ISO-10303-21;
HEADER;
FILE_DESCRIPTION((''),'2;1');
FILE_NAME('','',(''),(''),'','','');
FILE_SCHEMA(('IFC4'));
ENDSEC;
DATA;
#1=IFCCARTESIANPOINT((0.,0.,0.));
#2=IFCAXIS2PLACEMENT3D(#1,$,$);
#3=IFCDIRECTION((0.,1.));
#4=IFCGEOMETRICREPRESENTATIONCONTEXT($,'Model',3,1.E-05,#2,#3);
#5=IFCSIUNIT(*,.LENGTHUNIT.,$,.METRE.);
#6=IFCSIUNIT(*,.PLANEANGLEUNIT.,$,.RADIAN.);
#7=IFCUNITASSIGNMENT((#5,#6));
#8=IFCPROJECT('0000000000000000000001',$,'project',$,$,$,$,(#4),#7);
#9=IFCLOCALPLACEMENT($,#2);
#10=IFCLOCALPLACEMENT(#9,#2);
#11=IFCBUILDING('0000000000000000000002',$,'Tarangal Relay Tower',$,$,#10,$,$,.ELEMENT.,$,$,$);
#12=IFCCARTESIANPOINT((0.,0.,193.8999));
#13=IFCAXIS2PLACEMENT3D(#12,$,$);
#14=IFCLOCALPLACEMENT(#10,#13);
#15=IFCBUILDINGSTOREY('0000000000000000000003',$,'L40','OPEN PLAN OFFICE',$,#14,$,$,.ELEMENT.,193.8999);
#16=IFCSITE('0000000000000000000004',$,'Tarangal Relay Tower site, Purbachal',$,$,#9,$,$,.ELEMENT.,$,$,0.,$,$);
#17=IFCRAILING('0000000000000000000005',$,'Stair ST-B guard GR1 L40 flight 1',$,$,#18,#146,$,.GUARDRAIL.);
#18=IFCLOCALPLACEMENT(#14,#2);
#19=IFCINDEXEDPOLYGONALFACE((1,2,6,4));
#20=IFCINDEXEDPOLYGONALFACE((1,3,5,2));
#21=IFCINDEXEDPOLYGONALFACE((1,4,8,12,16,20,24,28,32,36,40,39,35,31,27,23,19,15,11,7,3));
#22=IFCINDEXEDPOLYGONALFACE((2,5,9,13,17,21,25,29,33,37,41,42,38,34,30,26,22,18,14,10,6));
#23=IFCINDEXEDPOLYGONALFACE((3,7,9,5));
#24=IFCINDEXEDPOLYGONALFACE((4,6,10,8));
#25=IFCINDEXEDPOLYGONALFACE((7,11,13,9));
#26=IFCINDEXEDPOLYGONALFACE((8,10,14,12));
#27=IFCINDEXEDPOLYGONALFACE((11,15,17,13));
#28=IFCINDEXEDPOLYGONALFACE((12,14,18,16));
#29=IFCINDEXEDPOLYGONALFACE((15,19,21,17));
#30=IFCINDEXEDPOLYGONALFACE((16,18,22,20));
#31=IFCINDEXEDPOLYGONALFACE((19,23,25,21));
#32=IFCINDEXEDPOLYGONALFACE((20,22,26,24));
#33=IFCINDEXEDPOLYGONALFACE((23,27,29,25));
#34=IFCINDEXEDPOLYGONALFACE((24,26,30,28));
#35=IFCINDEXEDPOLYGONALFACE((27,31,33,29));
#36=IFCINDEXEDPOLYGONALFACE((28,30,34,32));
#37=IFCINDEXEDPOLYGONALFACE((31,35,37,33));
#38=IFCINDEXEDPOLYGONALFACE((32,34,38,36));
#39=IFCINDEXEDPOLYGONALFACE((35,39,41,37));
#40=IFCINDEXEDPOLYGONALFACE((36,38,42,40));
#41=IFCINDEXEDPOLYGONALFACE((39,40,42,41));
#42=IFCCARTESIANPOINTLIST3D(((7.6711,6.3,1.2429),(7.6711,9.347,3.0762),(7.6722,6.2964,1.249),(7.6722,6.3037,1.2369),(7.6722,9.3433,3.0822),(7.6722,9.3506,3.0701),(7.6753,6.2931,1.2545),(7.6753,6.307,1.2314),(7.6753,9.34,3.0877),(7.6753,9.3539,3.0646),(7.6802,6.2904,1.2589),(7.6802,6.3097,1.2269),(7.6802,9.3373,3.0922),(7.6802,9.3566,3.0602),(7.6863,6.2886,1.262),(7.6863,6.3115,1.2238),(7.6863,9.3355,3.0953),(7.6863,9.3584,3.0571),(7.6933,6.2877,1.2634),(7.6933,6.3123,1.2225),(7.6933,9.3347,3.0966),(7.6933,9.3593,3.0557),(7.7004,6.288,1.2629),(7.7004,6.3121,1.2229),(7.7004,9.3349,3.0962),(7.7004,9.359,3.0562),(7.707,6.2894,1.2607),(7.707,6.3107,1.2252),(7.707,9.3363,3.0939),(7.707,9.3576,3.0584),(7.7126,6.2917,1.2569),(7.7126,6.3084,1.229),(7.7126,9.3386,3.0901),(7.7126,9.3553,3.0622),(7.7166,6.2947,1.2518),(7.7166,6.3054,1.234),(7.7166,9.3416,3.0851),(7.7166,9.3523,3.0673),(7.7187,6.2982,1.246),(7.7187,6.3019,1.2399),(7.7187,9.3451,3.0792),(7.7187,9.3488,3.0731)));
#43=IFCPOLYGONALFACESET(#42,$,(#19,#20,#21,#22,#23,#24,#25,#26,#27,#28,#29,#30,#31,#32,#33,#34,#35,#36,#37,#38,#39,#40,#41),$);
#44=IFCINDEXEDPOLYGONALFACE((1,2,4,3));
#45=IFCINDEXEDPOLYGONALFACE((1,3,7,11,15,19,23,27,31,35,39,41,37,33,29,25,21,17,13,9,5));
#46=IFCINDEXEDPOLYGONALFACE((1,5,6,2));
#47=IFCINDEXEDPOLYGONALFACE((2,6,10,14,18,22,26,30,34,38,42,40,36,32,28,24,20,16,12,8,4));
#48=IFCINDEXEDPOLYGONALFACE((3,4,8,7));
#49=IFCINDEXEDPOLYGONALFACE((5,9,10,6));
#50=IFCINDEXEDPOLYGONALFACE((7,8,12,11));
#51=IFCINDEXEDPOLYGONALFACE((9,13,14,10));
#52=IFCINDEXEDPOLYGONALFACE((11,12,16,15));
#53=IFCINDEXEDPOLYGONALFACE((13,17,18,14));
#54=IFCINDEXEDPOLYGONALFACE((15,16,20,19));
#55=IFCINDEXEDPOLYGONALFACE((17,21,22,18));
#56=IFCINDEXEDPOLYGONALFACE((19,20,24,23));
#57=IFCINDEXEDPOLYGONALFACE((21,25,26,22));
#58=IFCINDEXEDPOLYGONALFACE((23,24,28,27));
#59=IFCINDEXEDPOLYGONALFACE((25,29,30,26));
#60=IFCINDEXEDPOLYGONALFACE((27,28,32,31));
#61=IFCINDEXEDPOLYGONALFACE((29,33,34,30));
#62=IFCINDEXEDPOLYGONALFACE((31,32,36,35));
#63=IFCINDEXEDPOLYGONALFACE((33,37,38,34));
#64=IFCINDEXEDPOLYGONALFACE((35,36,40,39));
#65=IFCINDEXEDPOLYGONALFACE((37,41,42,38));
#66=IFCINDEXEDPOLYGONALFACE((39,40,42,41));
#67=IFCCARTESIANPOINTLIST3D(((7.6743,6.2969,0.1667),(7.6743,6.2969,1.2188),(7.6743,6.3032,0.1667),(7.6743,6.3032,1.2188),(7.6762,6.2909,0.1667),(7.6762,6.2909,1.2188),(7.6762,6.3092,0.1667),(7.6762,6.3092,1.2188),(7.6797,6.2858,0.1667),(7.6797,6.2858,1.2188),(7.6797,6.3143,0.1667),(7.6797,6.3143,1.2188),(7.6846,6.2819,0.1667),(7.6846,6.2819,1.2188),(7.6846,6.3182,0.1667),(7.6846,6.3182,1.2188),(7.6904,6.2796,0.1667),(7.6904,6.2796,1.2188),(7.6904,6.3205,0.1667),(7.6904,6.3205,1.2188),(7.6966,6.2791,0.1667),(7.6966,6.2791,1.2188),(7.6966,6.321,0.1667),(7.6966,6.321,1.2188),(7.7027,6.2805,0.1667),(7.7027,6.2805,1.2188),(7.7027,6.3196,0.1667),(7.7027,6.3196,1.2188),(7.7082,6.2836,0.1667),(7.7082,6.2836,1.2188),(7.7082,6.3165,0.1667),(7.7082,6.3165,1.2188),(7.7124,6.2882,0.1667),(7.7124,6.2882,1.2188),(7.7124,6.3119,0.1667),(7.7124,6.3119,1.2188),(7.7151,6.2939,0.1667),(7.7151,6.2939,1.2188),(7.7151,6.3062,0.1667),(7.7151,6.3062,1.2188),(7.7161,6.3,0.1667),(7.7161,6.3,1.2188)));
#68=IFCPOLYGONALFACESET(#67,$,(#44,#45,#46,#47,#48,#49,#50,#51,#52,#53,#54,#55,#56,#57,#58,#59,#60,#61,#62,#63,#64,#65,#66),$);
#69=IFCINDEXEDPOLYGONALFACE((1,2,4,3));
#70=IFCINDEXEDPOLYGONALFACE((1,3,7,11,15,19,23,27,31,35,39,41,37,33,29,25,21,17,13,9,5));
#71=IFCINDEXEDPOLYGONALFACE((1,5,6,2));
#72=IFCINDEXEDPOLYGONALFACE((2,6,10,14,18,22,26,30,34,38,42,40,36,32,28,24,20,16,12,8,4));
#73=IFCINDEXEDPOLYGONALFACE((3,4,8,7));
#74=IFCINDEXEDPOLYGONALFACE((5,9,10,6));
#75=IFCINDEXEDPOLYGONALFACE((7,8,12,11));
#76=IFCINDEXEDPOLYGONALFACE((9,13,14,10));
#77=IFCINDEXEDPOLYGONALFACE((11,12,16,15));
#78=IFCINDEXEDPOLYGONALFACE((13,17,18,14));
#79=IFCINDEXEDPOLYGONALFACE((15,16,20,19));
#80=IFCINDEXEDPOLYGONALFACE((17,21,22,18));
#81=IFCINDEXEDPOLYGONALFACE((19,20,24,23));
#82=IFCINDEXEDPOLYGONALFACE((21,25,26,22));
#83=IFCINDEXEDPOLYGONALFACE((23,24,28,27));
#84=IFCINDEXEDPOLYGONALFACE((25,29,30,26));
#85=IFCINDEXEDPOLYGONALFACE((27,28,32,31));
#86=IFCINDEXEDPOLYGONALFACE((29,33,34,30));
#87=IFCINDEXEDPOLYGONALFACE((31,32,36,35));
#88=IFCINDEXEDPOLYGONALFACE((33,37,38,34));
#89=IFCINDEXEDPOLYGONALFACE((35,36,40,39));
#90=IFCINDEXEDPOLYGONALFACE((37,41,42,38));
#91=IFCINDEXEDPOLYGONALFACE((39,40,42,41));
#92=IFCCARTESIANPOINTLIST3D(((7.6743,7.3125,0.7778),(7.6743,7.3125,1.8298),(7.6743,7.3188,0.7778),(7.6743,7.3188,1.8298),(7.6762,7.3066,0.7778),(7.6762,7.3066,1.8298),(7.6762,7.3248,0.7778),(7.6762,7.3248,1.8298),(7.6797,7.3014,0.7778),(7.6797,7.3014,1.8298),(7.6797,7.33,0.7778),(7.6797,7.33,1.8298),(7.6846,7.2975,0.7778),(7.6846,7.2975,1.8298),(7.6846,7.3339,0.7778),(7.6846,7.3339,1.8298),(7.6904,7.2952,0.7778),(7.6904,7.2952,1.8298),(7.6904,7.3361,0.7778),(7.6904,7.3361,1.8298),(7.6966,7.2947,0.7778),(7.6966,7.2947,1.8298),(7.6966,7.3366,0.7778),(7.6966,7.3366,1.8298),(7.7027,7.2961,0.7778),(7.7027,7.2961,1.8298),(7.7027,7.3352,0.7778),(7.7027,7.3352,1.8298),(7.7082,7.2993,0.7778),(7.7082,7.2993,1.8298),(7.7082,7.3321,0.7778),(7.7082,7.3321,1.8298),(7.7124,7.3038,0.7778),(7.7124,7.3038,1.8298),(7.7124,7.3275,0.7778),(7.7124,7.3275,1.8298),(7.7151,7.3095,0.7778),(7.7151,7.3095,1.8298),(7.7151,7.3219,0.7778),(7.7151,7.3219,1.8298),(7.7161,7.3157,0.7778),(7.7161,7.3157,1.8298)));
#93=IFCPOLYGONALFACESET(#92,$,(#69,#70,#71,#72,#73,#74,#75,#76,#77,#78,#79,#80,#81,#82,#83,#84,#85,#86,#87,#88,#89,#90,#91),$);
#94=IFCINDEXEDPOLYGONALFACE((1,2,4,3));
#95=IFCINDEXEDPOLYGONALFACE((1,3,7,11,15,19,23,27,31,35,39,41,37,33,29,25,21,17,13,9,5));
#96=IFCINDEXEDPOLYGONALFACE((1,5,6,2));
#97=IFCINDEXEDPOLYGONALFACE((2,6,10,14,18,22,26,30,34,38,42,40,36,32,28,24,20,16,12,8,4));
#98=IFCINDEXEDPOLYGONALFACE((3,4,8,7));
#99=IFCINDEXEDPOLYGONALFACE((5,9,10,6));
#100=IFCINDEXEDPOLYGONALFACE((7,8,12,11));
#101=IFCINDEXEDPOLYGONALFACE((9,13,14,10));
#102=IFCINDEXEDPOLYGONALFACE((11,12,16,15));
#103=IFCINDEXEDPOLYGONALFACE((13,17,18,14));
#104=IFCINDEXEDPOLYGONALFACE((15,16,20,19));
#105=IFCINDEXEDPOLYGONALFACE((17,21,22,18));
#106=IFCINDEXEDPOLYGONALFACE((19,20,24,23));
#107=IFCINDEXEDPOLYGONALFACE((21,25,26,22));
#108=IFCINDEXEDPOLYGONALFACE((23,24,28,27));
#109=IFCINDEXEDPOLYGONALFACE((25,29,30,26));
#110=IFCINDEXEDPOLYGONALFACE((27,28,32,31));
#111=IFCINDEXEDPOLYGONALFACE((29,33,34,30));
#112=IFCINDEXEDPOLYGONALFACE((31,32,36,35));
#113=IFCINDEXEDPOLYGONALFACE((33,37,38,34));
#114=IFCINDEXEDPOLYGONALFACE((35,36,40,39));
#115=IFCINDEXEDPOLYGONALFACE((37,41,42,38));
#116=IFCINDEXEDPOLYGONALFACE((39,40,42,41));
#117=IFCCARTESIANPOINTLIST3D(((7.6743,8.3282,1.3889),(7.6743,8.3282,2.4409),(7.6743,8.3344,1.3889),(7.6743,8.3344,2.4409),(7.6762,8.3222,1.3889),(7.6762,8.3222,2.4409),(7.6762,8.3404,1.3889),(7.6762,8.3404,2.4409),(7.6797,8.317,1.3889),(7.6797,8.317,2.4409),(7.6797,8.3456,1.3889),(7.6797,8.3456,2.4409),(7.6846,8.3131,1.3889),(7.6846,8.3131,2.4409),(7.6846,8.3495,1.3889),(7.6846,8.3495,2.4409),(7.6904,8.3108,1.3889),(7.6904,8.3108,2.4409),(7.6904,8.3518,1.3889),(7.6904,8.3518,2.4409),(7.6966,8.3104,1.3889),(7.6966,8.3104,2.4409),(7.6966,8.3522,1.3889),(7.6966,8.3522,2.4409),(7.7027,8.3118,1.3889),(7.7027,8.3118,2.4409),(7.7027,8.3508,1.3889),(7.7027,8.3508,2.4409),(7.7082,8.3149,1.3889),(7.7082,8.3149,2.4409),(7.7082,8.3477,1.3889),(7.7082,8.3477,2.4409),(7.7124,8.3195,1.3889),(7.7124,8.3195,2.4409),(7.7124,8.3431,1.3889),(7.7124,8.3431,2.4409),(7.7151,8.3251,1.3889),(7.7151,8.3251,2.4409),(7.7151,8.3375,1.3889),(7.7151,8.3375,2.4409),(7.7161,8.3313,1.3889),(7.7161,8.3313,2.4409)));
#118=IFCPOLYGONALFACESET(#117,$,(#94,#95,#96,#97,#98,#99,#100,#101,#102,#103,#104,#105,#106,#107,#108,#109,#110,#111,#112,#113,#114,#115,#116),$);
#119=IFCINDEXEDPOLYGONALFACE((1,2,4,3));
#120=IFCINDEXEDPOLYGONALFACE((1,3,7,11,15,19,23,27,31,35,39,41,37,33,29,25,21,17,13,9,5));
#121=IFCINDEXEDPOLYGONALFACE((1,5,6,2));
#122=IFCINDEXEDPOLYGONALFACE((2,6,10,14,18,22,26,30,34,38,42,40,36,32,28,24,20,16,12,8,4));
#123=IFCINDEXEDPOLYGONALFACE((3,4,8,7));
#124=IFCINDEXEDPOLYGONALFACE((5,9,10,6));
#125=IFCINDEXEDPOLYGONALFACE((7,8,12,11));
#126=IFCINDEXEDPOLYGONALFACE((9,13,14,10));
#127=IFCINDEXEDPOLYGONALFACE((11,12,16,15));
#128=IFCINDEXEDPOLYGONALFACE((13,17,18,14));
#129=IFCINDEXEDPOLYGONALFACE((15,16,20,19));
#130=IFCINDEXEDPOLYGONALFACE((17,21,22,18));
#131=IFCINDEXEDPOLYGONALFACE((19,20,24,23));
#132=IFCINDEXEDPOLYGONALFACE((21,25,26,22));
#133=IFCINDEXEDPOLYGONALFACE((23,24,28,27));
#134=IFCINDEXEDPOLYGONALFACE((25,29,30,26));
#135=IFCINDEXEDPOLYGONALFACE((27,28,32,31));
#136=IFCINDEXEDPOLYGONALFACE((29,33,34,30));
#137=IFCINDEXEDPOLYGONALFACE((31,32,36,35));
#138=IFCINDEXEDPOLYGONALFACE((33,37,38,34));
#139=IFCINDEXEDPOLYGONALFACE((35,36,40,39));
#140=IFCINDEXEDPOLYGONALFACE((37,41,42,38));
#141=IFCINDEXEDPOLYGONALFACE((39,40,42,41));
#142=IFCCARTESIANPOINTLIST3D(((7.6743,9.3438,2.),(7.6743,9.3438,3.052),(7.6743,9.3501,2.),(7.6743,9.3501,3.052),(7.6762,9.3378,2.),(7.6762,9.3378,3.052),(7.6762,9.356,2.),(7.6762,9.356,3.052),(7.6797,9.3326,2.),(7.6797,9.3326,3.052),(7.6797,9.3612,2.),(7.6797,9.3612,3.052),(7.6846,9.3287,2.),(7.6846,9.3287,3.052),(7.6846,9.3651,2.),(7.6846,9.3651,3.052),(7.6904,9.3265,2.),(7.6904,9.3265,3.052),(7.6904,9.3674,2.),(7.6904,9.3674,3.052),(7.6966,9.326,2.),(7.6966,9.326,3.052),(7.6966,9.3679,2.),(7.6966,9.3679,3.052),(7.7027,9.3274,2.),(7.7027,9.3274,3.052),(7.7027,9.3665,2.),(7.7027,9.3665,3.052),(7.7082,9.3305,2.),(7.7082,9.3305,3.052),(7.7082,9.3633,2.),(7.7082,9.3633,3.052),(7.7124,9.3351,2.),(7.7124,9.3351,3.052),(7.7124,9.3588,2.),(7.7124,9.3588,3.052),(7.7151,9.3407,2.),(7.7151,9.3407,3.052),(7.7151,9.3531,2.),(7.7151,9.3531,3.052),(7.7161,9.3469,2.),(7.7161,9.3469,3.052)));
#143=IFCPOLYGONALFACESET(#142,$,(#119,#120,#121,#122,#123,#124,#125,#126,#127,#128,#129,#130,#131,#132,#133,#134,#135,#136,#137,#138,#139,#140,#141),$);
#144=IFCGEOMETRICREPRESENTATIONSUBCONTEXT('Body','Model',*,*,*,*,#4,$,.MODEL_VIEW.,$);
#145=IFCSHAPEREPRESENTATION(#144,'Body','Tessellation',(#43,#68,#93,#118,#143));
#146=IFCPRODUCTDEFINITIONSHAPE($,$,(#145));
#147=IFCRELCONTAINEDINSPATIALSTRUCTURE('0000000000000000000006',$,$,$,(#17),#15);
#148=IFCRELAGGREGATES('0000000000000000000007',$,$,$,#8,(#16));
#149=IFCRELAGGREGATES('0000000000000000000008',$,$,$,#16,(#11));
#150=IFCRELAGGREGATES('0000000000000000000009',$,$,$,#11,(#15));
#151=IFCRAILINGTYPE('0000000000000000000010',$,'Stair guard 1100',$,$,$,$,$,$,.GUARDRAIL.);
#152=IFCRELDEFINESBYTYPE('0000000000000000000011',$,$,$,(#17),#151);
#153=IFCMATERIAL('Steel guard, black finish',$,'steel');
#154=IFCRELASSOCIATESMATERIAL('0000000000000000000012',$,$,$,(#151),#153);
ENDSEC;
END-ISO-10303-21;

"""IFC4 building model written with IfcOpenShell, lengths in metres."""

from ifc_helpers import new_model, si_unit, direction, frame, origin, origin_2d, place, context, subcontext, project, spatial, circle, extrude, material, type_object, element, save


model = new_model("IFC4")

# Units and contexts
model_context = context("Model", 3, precision=1e-05, world=origin(), true_north=direction((0.0, 1.0)))
body_context = subcontext(model_context, "Body", "Model", "MODEL_VIEW")
ifc_project = project(units=[si_unit("LENGTHUNIT", "METRE"), si_unit("PLANEANGLEUNIT", "RADIAN")], contexts=[model_context])

# Site, building, storey
site_placement = place(None, origin())
site = spatial("IfcSite", under=ifc_project, at=site_placement, Name="Tarangal Relay Tower site, Purbachal", CompositionType="ELEMENT", RefElevation=0.0)
building_placement = place(site_placement, origin())
building = spatial("IfcBuilding", under=site, at=building_placement, Name="Tarangal Relay Tower", CompositionType="ELEMENT")
storey_placement = place(building_placement, frame((0.0, 0.0, 193.8999)))
storey = spatial("IfcBuildingStorey", under=building, at=storey_placement, Name="L40", Description="OPEN PLAN OFFICE", CompositionType="ELEMENT", Elevation=193.8999)

# Railing
ifc_material_1 = material(Name="Steel guard, black finish", Category="steel")
railing_type_1 = type_object("IfcRailingType", Name="Stair guard 1100", PredefinedType="GUARDRAIL", material=ifc_material_1)
railing_1_placement = place(storey_placement, frame((7.6951, 6.3, 0.1667)))
element("IfcRailing", 1, at=railing_1_placement, inside=storey, type_object=railing_type_1, Name="Stair ST-B guard GR1 L40 flight 1", PredefinedType="GUARDRAIL", context=body_context, shape_type="SweptSolid", body=[
    extrude(circle(Radius=0.0239, at=origin_2d()), frame((0.0, 0.0, 1.0762), z_axis=(0.0, 0.856856, 0.515556), x_axis=(-1.0, 0.0, 0.0)), (0.0, 0.0, 1.0), 3.5559),
    extrude(circle(Radius=0.021, at=origin_2d()), origin(), (0.0, 0.0, 1.0), 1.052),
    extrude(circle(Radius=0.021, at=origin_2d()), frame((0.0, 1.0156, 0.6111)), (0.0, 0.0, 1.0), 1.052),
    extrude(circle(Radius=0.021, at=origin_2d()), frame((0.0, 2.0312, 1.2222)), (0.0, 0.0, 1.0), 1.052),
    extrude(circle(Radius=0.021, at=origin_2d()), frame((0.0, 3.0469, 1.8333)), (0.0, 0.0, 1.0), 1.052),
])

save(model, "model.ifc")
